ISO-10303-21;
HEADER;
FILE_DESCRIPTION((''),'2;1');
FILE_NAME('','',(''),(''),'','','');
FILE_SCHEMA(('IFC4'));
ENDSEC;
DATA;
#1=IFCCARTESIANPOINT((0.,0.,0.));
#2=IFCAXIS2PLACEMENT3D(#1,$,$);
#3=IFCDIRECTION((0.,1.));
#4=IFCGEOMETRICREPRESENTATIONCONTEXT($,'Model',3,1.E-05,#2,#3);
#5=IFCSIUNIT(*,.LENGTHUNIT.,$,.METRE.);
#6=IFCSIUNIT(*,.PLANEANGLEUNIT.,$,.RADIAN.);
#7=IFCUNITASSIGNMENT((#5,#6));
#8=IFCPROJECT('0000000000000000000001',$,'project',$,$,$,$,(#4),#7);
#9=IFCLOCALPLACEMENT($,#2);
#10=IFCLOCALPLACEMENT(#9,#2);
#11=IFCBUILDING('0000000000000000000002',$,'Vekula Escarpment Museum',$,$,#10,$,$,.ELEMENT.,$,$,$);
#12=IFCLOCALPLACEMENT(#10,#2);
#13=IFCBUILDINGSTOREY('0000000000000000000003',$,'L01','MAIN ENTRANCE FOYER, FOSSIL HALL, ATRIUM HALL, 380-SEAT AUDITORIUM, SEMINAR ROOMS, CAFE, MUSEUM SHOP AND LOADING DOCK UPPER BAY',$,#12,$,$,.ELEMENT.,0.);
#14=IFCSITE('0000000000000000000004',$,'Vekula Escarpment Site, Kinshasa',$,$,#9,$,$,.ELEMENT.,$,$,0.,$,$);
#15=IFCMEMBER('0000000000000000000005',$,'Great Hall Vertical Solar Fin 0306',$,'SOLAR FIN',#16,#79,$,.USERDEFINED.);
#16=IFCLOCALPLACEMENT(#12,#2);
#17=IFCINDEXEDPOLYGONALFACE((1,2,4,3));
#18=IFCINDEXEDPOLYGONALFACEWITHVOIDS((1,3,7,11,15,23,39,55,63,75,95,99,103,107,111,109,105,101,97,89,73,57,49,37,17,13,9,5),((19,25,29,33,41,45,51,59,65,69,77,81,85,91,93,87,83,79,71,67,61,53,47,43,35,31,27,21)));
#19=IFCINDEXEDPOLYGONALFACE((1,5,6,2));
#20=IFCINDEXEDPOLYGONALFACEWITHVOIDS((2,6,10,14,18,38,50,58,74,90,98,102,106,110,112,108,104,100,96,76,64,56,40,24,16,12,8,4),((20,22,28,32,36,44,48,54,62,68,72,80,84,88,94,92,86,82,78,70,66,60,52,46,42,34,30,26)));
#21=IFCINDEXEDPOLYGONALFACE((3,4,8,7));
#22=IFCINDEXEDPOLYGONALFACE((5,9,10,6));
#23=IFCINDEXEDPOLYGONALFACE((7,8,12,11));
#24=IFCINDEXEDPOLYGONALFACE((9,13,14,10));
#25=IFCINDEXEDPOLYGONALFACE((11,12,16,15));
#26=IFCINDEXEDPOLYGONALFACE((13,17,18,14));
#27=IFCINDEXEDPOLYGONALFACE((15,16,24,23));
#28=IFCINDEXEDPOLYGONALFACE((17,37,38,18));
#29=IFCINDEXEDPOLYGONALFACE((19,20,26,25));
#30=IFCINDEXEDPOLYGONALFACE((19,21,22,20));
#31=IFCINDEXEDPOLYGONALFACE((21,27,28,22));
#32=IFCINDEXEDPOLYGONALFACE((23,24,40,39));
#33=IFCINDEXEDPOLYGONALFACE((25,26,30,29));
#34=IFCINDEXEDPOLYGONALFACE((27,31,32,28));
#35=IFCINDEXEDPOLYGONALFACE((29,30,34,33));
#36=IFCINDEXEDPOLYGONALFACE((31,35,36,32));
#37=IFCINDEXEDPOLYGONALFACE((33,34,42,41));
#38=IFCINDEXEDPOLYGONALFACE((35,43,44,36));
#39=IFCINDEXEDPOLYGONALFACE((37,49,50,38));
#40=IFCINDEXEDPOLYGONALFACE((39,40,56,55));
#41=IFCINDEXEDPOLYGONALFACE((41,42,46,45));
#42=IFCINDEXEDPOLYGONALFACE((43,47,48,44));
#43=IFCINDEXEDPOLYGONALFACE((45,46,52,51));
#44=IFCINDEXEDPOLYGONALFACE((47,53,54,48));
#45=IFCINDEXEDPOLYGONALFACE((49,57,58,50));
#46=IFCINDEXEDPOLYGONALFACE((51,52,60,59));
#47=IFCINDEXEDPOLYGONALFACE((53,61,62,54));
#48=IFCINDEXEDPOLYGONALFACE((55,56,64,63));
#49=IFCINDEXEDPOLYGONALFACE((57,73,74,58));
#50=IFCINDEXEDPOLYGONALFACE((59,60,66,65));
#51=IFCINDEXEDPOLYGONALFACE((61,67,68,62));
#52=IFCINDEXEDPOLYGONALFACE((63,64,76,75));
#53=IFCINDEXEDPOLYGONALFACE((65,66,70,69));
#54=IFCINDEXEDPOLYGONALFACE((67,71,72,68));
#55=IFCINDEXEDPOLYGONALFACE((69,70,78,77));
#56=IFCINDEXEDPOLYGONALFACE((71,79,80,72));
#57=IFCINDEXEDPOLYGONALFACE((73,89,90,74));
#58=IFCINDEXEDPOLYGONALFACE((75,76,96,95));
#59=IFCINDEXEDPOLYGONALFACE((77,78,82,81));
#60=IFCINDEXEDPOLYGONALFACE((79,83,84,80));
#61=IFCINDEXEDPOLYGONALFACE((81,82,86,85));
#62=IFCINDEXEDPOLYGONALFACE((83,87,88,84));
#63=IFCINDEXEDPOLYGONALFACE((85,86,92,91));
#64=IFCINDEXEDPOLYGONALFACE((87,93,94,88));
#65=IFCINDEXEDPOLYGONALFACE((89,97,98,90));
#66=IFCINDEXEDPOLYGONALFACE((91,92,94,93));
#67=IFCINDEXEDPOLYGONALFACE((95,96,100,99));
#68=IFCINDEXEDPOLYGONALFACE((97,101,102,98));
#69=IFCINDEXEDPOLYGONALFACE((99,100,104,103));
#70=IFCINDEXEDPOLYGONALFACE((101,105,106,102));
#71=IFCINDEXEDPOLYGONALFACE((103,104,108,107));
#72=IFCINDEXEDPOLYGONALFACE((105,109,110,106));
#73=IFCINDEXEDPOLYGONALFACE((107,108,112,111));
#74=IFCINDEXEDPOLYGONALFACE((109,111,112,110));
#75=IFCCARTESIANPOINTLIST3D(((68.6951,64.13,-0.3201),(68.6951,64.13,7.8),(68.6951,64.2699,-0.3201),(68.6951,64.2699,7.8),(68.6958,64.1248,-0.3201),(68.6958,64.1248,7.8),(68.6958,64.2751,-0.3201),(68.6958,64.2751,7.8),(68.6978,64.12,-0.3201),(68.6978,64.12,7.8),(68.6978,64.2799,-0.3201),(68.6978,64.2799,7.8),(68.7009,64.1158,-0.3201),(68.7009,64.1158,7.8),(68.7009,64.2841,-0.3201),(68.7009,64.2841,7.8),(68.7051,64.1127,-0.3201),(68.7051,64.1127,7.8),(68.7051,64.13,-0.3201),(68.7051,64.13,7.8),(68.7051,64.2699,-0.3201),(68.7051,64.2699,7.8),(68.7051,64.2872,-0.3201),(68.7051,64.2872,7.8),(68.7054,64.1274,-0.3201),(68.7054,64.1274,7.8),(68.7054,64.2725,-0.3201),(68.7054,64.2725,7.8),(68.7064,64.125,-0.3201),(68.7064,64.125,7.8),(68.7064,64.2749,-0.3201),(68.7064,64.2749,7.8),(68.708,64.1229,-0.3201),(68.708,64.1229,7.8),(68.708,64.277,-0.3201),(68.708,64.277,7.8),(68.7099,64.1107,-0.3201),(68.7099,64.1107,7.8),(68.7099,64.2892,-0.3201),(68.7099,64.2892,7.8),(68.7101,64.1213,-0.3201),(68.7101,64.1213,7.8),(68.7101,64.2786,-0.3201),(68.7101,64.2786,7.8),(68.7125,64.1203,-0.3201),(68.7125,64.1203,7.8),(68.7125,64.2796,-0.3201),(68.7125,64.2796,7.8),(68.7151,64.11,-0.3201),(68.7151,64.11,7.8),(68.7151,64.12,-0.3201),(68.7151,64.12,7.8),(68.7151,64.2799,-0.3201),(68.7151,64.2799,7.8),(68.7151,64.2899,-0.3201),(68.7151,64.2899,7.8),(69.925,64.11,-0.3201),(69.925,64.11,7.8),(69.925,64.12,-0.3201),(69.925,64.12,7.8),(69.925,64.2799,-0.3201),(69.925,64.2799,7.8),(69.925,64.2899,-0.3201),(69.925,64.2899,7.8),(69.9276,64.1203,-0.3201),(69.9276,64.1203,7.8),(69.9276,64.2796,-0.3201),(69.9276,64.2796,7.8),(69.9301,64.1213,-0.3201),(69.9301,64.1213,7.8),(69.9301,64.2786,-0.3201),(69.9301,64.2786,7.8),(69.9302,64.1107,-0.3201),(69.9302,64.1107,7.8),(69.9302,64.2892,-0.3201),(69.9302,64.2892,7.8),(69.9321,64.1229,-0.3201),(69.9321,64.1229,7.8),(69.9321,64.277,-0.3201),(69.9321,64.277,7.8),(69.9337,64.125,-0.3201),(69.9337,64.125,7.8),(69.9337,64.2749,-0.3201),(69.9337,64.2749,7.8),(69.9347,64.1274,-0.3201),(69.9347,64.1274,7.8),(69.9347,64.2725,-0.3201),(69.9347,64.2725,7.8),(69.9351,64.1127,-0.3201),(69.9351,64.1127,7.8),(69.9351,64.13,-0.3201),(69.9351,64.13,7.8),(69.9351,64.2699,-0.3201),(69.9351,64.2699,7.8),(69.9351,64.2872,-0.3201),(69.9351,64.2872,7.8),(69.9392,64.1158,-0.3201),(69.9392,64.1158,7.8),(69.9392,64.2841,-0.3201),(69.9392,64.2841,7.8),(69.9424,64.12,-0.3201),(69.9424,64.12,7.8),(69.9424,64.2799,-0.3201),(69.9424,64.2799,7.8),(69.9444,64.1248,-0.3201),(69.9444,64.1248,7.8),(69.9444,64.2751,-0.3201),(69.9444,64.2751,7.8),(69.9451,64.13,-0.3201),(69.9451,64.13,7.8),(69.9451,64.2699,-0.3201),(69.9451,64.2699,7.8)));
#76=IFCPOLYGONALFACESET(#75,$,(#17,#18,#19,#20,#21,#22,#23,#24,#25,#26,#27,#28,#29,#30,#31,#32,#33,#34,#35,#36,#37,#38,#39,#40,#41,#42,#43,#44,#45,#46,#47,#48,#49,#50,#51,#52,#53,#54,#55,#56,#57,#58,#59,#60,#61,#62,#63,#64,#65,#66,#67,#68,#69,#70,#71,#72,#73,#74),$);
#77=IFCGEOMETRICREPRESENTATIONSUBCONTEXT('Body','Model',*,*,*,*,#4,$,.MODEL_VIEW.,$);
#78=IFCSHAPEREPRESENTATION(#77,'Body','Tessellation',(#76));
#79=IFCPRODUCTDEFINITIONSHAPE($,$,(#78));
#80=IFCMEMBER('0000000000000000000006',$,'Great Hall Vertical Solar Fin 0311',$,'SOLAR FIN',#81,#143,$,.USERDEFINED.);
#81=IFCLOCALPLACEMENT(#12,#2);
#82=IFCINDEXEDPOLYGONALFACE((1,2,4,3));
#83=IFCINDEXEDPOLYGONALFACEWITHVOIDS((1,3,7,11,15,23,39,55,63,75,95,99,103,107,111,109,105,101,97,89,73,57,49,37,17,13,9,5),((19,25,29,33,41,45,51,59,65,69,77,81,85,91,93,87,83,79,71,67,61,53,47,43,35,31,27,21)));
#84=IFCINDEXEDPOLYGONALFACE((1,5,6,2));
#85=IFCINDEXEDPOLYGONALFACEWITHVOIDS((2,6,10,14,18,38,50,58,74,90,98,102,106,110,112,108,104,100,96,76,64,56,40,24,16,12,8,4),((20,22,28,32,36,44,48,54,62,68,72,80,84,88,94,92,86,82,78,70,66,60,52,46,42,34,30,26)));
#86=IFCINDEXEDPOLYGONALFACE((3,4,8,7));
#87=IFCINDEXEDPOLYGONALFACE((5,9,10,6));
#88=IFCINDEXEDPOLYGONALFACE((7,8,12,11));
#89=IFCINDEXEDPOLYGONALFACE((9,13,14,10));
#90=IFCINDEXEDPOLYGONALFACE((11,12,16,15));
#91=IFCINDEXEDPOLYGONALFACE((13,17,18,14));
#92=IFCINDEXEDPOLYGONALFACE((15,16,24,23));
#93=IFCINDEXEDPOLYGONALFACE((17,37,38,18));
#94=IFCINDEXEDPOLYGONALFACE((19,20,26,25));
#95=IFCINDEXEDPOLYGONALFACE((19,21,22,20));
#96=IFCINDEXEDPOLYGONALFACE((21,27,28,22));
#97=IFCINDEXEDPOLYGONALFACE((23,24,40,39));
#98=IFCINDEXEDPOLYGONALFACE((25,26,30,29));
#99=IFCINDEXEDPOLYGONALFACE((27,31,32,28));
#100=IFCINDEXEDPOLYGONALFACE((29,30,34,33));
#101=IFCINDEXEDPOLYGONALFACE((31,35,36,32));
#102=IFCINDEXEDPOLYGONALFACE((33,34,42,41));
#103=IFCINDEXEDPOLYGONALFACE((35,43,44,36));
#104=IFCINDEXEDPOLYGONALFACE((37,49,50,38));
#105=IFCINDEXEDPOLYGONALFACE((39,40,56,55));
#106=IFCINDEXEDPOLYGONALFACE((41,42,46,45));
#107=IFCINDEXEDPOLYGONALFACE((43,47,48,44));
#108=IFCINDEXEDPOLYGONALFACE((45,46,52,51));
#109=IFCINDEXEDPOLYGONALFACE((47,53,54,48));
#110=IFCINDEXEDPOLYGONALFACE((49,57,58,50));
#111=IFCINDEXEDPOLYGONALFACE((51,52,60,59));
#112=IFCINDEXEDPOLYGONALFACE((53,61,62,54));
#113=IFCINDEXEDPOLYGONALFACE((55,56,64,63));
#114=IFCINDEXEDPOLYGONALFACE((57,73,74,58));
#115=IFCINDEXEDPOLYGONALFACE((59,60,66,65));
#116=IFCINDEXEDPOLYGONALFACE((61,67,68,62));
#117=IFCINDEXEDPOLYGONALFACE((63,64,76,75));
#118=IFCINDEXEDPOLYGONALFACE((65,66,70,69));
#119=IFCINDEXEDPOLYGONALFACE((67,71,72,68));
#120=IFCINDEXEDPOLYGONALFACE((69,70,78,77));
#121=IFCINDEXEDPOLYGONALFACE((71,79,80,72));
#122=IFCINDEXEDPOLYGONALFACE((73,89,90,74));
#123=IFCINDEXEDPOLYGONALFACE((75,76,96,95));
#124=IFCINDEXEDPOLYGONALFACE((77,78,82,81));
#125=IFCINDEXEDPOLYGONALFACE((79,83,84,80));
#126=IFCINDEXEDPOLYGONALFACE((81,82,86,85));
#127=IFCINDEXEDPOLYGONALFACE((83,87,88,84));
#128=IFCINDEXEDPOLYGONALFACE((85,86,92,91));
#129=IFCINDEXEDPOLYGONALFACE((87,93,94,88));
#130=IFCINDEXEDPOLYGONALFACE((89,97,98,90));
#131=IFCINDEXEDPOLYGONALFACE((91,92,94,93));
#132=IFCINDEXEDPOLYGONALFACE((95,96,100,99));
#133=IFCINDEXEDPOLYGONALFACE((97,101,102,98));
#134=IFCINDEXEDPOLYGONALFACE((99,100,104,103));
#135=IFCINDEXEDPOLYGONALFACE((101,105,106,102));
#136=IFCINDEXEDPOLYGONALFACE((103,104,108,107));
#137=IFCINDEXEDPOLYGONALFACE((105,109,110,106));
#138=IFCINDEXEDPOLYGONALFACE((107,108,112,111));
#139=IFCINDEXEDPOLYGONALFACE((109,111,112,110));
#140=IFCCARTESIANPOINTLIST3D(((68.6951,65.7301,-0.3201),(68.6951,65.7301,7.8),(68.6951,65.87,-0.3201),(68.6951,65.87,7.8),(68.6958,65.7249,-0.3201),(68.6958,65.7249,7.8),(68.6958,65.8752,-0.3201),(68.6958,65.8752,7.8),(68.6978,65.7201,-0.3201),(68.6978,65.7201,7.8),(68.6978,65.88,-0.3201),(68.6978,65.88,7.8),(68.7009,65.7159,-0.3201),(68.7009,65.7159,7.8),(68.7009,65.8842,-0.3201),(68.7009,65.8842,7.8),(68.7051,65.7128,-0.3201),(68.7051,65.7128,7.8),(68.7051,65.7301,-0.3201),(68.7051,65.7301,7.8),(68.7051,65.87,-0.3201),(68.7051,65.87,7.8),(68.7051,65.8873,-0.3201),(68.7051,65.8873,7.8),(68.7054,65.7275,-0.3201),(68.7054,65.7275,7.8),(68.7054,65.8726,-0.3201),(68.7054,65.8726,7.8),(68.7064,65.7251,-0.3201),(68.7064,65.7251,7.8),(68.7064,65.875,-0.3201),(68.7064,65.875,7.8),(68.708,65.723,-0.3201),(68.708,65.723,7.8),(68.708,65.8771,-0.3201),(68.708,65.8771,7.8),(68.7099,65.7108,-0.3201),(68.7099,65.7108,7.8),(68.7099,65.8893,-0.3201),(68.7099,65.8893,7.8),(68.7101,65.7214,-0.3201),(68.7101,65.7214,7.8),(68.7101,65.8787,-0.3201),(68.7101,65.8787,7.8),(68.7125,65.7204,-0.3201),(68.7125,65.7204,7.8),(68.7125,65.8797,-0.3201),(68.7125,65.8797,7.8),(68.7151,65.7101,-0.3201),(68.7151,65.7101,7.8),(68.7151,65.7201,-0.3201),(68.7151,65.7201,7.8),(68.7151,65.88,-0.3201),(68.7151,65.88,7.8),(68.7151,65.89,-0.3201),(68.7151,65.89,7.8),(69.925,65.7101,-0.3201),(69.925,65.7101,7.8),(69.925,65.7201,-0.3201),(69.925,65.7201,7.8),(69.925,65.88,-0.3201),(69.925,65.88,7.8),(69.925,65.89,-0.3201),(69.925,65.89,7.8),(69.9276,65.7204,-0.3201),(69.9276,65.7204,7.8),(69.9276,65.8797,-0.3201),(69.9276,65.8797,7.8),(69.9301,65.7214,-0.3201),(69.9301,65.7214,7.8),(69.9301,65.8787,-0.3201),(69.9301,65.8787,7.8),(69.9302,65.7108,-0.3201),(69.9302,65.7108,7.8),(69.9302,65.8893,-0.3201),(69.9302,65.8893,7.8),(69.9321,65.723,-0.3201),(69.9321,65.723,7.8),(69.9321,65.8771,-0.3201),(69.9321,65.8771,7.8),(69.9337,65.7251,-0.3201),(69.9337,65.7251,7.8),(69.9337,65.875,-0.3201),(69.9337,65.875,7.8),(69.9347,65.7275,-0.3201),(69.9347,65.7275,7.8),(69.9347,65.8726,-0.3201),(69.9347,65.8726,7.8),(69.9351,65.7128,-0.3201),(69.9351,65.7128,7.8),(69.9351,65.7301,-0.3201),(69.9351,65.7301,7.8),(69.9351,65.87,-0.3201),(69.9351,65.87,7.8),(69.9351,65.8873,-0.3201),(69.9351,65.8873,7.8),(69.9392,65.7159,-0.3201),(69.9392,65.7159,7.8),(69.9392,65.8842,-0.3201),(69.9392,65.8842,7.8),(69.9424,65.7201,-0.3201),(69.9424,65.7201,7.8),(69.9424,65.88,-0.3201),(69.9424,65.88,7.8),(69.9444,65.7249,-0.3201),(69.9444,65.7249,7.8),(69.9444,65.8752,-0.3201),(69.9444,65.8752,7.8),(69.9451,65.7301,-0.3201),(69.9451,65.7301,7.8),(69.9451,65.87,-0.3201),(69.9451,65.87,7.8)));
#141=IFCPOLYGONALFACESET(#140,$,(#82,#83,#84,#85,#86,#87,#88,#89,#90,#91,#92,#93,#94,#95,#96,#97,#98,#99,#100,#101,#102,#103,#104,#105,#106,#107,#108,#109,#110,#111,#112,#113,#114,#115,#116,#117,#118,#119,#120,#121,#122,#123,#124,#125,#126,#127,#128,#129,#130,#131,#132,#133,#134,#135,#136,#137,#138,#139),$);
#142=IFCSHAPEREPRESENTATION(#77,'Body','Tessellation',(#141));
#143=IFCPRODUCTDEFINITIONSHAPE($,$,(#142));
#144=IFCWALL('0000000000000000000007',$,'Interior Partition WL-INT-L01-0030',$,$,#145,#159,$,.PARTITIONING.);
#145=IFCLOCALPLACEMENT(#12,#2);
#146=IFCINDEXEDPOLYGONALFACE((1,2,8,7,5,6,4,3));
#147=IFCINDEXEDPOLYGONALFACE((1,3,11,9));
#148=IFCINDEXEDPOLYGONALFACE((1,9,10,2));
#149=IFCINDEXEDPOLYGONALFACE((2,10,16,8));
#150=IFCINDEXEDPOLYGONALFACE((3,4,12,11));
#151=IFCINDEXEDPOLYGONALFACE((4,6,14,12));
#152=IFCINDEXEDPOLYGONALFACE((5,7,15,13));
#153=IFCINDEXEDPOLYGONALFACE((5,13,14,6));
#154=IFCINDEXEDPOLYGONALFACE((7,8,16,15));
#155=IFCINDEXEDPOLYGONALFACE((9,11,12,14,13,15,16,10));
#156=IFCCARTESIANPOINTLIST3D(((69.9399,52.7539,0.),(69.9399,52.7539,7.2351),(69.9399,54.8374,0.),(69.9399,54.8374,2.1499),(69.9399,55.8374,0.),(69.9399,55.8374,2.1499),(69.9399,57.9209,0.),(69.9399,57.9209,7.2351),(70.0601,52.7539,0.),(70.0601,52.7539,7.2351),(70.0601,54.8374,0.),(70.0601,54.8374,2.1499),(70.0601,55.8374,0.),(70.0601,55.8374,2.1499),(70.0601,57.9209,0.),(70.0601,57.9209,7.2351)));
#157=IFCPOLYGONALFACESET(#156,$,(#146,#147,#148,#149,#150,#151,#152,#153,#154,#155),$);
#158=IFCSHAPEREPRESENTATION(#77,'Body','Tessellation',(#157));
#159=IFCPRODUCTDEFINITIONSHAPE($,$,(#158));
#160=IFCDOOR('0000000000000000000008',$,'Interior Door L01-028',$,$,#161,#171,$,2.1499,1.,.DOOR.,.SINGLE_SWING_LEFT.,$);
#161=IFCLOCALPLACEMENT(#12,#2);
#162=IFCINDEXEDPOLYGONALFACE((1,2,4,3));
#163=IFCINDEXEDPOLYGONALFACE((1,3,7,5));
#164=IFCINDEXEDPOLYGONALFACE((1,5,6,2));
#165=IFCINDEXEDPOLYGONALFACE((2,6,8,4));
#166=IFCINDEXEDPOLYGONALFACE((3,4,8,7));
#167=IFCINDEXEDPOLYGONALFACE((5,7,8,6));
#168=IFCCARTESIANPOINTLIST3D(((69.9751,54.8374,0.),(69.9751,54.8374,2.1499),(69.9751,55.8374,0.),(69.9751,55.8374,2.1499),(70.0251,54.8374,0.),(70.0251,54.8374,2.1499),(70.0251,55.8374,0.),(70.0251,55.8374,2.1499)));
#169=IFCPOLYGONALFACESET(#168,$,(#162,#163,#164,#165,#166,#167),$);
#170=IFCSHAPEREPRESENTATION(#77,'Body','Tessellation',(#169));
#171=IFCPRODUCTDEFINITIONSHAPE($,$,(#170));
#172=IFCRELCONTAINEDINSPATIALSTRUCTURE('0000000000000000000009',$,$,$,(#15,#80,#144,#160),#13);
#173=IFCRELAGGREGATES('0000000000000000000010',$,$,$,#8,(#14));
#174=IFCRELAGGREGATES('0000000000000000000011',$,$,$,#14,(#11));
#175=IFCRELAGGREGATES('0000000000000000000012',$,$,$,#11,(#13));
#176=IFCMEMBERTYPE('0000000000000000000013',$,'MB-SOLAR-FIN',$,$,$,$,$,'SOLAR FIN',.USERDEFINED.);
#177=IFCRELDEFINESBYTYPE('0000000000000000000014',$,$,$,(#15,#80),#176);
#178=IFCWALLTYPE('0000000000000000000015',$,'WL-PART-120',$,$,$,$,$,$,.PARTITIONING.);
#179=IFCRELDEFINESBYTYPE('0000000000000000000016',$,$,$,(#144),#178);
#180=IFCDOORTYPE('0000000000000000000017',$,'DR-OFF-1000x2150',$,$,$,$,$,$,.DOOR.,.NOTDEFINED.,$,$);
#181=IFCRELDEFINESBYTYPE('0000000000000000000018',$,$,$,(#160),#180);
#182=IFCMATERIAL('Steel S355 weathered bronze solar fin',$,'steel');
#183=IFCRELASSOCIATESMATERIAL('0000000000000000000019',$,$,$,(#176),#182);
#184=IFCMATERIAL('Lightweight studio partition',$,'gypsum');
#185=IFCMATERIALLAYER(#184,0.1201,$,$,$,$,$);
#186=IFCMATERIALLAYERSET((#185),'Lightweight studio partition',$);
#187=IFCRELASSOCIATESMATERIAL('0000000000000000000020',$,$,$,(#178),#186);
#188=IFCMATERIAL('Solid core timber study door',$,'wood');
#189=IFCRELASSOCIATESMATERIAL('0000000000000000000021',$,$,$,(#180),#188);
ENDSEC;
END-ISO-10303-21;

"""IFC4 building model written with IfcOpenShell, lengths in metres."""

from ifc_helpers import new_model, si_unit, direction, frame, frame_2d, origin, origin_2d, place, context, subcontext, project, spatial, rectangle, hollow_rectangle, extrude, material, layer, layer_set, material_profile, profile_set, type_object, element, fill, save


model = new_model("IFC4")

# Units and contexts
model_context = context("Model", 3, precision=1e-05, world=origin(), true_north=direction((0.0, 1.0)))
body_context = subcontext(model_context, "Body", "Model", "MODEL_VIEW")
ifc_project = project(units=[si_unit("LENGTHUNIT", "METRE"), si_unit("PLANEANGLEUNIT", "RADIAN")], contexts=[model_context])

# Site, building, storey
site_placement = place(None, origin())
site = spatial("IfcSite", under=ifc_project, at=site_placement, Name="Vekula Escarpment Site, Kinshasa", CompositionType="ELEMENT", RefElevation=0.0)
building_placement = place(site_placement, origin())
building = spatial("IfcBuilding", under=site, at=building_placement, Name="Vekula Escarpment Museum", CompositionType="ELEMENT")
storey_placement = place(building_placement, origin())
storey = spatial("IfcBuildingStorey", under=building, at=storey_placement, Name="L01", Description="MAIN ENTRANCE FOYER, FOSSIL HALL, ATRIUM HALL, 380-SEAT AUDITORIUM, SEMINAR ROOMS, CAFE, MUSEUM SHOP AND LOADING DOCK UPPER BAY", CompositionType="ELEMENT", Elevation=0.0)

# Members
ifc_material_1 = material(Name="Steel S355 weathered bronze solar fin", Category="steel")
ifc_material_profile_1 = material_profile(ifc_material_1, hollow_rectangle(XDim=0.1799, YDim=1.25, WallThickness=0.01, InnerFilletRadius=0.01, OuterFilletRadius=0.02, at=origin_2d()), Name="RHS 1250x180x10")
ifc_profile_set_1 = profile_set([ifc_material_profile_1], Name="Steel S355 weathered bronze solar fin")
member_type = type_object("IfcMemberType", Name="MB-SOLAR-FIN", ElementType="SOLAR FIN", PredefinedType="USERDEFINED", material=ifc_profile_set_1)
for number, where, z_axis, x_axis, name in (
    (1, (69.3201, 64.2, -0.3201), (0.0, 0.0, 1.0), (0.0, 1.0, 0.0), "Great Hall Vertical Solar Fin 0306"),
    (2, (69.3201, 65.8, -0.3201), (0.0, 0.0, 1.0), (0.0, 1.0, 0.0), "Great Hall Vertical Solar Fin 0311"),
):
    element("IfcMember", number, at=place(storey_placement, frame(where, z_axis=z_axis, x_axis=x_axis)), inside=storey, type_object=member_type, Name=name, ObjectType="SOLAR FIN", PredefinedType="USERDEFINED", context=body_context, shape_type="SweptSolid", body=[
        extrude(hollow_rectangle(XDim=0.1799, YDim=1.25, WallThickness=0.01, InnerFilletRadius=0.01, OuterFilletRadius=0.02, at=origin_2d()), origin(), (0.0, 0.0, 1.0), 8.1201),
    ])

# Wall, opening, door
ifc_material_2 = material(Name="Lightweight studio partition", Category="gypsum")
ifc_layer_1 = layer(ifc_material_2, 0.1201)
ifc_layer_set_1 = layer_set([ifc_layer_1], Name="Lightweight studio partition")
wall_type_1 = type_object("IfcWallType", Name="WL-PART-120", PredefinedType="PARTITIONING", material=ifc_layer_set_1)
wall_1_placement = place(storey_placement, frame((70.0, 52.7539, 0.0), z_axis=(0.0, 0.0, 1.0), x_axis=(0.0, 1.0, 0.0)))
wall_1 = element("IfcWall", 3, at=wall_1_placement, inside=storey, type_object=wall_type_1, Name="Interior Partition WL-INT-L01-0030", PredefinedType="PARTITIONING", context=body_context, shape_type="SweptSolid", body=[
    extrude(rectangle(XDim=5.167, YDim=0.1201, at=frame_2d((2.5835, 0.0))), origin(), (0.0, 0.0, 1.0), 7.2351),
])
opening_1_placement = place(wall_1_placement, frame((2.0835, 0.0, 0.0)))
opening_1 = element("IfcOpeningElement", 4, at=opening_1_placement, cuts=wall_1, PredefinedType="OPENING", context=body_context, shape_type="SweptSolid", body=[
    extrude(rectangle(XDim=1.0, YDim=2.1499, at=frame_2d((0.5, 1.075))), frame((0.0, 0.0701, 0.0), z_axis=(0.0, -1.0, 0.0), x_axis=(1.0, 0.0, 0.0)), (0.0, 0.0, 1.0), 0.1401),
])
ifc_material_3 = material(Name="Solid core timber study door", Category="wood")
door_type_1 = type_object("IfcDoorType", Name="DR-OFF-1000x2150", OperationType="NOTDEFINED", PredefinedType="DOOR", material=ifc_material_3)
door_1_placement = place(opening_1_placement, origin())
door_1 = element("IfcDoor", 5, at=door_1_placement, inside=storey, type_object=door_type_1, Name="Interior Door L01-028", OperationType="SINGLE_SWING_LEFT", OverallHeight=2.1499, OverallWidth=1.0, PredefinedType="DOOR", context=body_context, shape_type="SweptSolid", body=[
    extrude(rectangle(XDim=1.0, YDim=2.1499, at=frame_2d((0.5, 1.075))), frame((0.0, 0.0249, 0.0), z_axis=(0.0, -1.0, 0.0), x_axis=(1.0, 0.0, 0.0)), (0.0, 0.0, 1.0), 0.05),
])
fill(opening_1, door_1)

save(model, "model.ifc")
